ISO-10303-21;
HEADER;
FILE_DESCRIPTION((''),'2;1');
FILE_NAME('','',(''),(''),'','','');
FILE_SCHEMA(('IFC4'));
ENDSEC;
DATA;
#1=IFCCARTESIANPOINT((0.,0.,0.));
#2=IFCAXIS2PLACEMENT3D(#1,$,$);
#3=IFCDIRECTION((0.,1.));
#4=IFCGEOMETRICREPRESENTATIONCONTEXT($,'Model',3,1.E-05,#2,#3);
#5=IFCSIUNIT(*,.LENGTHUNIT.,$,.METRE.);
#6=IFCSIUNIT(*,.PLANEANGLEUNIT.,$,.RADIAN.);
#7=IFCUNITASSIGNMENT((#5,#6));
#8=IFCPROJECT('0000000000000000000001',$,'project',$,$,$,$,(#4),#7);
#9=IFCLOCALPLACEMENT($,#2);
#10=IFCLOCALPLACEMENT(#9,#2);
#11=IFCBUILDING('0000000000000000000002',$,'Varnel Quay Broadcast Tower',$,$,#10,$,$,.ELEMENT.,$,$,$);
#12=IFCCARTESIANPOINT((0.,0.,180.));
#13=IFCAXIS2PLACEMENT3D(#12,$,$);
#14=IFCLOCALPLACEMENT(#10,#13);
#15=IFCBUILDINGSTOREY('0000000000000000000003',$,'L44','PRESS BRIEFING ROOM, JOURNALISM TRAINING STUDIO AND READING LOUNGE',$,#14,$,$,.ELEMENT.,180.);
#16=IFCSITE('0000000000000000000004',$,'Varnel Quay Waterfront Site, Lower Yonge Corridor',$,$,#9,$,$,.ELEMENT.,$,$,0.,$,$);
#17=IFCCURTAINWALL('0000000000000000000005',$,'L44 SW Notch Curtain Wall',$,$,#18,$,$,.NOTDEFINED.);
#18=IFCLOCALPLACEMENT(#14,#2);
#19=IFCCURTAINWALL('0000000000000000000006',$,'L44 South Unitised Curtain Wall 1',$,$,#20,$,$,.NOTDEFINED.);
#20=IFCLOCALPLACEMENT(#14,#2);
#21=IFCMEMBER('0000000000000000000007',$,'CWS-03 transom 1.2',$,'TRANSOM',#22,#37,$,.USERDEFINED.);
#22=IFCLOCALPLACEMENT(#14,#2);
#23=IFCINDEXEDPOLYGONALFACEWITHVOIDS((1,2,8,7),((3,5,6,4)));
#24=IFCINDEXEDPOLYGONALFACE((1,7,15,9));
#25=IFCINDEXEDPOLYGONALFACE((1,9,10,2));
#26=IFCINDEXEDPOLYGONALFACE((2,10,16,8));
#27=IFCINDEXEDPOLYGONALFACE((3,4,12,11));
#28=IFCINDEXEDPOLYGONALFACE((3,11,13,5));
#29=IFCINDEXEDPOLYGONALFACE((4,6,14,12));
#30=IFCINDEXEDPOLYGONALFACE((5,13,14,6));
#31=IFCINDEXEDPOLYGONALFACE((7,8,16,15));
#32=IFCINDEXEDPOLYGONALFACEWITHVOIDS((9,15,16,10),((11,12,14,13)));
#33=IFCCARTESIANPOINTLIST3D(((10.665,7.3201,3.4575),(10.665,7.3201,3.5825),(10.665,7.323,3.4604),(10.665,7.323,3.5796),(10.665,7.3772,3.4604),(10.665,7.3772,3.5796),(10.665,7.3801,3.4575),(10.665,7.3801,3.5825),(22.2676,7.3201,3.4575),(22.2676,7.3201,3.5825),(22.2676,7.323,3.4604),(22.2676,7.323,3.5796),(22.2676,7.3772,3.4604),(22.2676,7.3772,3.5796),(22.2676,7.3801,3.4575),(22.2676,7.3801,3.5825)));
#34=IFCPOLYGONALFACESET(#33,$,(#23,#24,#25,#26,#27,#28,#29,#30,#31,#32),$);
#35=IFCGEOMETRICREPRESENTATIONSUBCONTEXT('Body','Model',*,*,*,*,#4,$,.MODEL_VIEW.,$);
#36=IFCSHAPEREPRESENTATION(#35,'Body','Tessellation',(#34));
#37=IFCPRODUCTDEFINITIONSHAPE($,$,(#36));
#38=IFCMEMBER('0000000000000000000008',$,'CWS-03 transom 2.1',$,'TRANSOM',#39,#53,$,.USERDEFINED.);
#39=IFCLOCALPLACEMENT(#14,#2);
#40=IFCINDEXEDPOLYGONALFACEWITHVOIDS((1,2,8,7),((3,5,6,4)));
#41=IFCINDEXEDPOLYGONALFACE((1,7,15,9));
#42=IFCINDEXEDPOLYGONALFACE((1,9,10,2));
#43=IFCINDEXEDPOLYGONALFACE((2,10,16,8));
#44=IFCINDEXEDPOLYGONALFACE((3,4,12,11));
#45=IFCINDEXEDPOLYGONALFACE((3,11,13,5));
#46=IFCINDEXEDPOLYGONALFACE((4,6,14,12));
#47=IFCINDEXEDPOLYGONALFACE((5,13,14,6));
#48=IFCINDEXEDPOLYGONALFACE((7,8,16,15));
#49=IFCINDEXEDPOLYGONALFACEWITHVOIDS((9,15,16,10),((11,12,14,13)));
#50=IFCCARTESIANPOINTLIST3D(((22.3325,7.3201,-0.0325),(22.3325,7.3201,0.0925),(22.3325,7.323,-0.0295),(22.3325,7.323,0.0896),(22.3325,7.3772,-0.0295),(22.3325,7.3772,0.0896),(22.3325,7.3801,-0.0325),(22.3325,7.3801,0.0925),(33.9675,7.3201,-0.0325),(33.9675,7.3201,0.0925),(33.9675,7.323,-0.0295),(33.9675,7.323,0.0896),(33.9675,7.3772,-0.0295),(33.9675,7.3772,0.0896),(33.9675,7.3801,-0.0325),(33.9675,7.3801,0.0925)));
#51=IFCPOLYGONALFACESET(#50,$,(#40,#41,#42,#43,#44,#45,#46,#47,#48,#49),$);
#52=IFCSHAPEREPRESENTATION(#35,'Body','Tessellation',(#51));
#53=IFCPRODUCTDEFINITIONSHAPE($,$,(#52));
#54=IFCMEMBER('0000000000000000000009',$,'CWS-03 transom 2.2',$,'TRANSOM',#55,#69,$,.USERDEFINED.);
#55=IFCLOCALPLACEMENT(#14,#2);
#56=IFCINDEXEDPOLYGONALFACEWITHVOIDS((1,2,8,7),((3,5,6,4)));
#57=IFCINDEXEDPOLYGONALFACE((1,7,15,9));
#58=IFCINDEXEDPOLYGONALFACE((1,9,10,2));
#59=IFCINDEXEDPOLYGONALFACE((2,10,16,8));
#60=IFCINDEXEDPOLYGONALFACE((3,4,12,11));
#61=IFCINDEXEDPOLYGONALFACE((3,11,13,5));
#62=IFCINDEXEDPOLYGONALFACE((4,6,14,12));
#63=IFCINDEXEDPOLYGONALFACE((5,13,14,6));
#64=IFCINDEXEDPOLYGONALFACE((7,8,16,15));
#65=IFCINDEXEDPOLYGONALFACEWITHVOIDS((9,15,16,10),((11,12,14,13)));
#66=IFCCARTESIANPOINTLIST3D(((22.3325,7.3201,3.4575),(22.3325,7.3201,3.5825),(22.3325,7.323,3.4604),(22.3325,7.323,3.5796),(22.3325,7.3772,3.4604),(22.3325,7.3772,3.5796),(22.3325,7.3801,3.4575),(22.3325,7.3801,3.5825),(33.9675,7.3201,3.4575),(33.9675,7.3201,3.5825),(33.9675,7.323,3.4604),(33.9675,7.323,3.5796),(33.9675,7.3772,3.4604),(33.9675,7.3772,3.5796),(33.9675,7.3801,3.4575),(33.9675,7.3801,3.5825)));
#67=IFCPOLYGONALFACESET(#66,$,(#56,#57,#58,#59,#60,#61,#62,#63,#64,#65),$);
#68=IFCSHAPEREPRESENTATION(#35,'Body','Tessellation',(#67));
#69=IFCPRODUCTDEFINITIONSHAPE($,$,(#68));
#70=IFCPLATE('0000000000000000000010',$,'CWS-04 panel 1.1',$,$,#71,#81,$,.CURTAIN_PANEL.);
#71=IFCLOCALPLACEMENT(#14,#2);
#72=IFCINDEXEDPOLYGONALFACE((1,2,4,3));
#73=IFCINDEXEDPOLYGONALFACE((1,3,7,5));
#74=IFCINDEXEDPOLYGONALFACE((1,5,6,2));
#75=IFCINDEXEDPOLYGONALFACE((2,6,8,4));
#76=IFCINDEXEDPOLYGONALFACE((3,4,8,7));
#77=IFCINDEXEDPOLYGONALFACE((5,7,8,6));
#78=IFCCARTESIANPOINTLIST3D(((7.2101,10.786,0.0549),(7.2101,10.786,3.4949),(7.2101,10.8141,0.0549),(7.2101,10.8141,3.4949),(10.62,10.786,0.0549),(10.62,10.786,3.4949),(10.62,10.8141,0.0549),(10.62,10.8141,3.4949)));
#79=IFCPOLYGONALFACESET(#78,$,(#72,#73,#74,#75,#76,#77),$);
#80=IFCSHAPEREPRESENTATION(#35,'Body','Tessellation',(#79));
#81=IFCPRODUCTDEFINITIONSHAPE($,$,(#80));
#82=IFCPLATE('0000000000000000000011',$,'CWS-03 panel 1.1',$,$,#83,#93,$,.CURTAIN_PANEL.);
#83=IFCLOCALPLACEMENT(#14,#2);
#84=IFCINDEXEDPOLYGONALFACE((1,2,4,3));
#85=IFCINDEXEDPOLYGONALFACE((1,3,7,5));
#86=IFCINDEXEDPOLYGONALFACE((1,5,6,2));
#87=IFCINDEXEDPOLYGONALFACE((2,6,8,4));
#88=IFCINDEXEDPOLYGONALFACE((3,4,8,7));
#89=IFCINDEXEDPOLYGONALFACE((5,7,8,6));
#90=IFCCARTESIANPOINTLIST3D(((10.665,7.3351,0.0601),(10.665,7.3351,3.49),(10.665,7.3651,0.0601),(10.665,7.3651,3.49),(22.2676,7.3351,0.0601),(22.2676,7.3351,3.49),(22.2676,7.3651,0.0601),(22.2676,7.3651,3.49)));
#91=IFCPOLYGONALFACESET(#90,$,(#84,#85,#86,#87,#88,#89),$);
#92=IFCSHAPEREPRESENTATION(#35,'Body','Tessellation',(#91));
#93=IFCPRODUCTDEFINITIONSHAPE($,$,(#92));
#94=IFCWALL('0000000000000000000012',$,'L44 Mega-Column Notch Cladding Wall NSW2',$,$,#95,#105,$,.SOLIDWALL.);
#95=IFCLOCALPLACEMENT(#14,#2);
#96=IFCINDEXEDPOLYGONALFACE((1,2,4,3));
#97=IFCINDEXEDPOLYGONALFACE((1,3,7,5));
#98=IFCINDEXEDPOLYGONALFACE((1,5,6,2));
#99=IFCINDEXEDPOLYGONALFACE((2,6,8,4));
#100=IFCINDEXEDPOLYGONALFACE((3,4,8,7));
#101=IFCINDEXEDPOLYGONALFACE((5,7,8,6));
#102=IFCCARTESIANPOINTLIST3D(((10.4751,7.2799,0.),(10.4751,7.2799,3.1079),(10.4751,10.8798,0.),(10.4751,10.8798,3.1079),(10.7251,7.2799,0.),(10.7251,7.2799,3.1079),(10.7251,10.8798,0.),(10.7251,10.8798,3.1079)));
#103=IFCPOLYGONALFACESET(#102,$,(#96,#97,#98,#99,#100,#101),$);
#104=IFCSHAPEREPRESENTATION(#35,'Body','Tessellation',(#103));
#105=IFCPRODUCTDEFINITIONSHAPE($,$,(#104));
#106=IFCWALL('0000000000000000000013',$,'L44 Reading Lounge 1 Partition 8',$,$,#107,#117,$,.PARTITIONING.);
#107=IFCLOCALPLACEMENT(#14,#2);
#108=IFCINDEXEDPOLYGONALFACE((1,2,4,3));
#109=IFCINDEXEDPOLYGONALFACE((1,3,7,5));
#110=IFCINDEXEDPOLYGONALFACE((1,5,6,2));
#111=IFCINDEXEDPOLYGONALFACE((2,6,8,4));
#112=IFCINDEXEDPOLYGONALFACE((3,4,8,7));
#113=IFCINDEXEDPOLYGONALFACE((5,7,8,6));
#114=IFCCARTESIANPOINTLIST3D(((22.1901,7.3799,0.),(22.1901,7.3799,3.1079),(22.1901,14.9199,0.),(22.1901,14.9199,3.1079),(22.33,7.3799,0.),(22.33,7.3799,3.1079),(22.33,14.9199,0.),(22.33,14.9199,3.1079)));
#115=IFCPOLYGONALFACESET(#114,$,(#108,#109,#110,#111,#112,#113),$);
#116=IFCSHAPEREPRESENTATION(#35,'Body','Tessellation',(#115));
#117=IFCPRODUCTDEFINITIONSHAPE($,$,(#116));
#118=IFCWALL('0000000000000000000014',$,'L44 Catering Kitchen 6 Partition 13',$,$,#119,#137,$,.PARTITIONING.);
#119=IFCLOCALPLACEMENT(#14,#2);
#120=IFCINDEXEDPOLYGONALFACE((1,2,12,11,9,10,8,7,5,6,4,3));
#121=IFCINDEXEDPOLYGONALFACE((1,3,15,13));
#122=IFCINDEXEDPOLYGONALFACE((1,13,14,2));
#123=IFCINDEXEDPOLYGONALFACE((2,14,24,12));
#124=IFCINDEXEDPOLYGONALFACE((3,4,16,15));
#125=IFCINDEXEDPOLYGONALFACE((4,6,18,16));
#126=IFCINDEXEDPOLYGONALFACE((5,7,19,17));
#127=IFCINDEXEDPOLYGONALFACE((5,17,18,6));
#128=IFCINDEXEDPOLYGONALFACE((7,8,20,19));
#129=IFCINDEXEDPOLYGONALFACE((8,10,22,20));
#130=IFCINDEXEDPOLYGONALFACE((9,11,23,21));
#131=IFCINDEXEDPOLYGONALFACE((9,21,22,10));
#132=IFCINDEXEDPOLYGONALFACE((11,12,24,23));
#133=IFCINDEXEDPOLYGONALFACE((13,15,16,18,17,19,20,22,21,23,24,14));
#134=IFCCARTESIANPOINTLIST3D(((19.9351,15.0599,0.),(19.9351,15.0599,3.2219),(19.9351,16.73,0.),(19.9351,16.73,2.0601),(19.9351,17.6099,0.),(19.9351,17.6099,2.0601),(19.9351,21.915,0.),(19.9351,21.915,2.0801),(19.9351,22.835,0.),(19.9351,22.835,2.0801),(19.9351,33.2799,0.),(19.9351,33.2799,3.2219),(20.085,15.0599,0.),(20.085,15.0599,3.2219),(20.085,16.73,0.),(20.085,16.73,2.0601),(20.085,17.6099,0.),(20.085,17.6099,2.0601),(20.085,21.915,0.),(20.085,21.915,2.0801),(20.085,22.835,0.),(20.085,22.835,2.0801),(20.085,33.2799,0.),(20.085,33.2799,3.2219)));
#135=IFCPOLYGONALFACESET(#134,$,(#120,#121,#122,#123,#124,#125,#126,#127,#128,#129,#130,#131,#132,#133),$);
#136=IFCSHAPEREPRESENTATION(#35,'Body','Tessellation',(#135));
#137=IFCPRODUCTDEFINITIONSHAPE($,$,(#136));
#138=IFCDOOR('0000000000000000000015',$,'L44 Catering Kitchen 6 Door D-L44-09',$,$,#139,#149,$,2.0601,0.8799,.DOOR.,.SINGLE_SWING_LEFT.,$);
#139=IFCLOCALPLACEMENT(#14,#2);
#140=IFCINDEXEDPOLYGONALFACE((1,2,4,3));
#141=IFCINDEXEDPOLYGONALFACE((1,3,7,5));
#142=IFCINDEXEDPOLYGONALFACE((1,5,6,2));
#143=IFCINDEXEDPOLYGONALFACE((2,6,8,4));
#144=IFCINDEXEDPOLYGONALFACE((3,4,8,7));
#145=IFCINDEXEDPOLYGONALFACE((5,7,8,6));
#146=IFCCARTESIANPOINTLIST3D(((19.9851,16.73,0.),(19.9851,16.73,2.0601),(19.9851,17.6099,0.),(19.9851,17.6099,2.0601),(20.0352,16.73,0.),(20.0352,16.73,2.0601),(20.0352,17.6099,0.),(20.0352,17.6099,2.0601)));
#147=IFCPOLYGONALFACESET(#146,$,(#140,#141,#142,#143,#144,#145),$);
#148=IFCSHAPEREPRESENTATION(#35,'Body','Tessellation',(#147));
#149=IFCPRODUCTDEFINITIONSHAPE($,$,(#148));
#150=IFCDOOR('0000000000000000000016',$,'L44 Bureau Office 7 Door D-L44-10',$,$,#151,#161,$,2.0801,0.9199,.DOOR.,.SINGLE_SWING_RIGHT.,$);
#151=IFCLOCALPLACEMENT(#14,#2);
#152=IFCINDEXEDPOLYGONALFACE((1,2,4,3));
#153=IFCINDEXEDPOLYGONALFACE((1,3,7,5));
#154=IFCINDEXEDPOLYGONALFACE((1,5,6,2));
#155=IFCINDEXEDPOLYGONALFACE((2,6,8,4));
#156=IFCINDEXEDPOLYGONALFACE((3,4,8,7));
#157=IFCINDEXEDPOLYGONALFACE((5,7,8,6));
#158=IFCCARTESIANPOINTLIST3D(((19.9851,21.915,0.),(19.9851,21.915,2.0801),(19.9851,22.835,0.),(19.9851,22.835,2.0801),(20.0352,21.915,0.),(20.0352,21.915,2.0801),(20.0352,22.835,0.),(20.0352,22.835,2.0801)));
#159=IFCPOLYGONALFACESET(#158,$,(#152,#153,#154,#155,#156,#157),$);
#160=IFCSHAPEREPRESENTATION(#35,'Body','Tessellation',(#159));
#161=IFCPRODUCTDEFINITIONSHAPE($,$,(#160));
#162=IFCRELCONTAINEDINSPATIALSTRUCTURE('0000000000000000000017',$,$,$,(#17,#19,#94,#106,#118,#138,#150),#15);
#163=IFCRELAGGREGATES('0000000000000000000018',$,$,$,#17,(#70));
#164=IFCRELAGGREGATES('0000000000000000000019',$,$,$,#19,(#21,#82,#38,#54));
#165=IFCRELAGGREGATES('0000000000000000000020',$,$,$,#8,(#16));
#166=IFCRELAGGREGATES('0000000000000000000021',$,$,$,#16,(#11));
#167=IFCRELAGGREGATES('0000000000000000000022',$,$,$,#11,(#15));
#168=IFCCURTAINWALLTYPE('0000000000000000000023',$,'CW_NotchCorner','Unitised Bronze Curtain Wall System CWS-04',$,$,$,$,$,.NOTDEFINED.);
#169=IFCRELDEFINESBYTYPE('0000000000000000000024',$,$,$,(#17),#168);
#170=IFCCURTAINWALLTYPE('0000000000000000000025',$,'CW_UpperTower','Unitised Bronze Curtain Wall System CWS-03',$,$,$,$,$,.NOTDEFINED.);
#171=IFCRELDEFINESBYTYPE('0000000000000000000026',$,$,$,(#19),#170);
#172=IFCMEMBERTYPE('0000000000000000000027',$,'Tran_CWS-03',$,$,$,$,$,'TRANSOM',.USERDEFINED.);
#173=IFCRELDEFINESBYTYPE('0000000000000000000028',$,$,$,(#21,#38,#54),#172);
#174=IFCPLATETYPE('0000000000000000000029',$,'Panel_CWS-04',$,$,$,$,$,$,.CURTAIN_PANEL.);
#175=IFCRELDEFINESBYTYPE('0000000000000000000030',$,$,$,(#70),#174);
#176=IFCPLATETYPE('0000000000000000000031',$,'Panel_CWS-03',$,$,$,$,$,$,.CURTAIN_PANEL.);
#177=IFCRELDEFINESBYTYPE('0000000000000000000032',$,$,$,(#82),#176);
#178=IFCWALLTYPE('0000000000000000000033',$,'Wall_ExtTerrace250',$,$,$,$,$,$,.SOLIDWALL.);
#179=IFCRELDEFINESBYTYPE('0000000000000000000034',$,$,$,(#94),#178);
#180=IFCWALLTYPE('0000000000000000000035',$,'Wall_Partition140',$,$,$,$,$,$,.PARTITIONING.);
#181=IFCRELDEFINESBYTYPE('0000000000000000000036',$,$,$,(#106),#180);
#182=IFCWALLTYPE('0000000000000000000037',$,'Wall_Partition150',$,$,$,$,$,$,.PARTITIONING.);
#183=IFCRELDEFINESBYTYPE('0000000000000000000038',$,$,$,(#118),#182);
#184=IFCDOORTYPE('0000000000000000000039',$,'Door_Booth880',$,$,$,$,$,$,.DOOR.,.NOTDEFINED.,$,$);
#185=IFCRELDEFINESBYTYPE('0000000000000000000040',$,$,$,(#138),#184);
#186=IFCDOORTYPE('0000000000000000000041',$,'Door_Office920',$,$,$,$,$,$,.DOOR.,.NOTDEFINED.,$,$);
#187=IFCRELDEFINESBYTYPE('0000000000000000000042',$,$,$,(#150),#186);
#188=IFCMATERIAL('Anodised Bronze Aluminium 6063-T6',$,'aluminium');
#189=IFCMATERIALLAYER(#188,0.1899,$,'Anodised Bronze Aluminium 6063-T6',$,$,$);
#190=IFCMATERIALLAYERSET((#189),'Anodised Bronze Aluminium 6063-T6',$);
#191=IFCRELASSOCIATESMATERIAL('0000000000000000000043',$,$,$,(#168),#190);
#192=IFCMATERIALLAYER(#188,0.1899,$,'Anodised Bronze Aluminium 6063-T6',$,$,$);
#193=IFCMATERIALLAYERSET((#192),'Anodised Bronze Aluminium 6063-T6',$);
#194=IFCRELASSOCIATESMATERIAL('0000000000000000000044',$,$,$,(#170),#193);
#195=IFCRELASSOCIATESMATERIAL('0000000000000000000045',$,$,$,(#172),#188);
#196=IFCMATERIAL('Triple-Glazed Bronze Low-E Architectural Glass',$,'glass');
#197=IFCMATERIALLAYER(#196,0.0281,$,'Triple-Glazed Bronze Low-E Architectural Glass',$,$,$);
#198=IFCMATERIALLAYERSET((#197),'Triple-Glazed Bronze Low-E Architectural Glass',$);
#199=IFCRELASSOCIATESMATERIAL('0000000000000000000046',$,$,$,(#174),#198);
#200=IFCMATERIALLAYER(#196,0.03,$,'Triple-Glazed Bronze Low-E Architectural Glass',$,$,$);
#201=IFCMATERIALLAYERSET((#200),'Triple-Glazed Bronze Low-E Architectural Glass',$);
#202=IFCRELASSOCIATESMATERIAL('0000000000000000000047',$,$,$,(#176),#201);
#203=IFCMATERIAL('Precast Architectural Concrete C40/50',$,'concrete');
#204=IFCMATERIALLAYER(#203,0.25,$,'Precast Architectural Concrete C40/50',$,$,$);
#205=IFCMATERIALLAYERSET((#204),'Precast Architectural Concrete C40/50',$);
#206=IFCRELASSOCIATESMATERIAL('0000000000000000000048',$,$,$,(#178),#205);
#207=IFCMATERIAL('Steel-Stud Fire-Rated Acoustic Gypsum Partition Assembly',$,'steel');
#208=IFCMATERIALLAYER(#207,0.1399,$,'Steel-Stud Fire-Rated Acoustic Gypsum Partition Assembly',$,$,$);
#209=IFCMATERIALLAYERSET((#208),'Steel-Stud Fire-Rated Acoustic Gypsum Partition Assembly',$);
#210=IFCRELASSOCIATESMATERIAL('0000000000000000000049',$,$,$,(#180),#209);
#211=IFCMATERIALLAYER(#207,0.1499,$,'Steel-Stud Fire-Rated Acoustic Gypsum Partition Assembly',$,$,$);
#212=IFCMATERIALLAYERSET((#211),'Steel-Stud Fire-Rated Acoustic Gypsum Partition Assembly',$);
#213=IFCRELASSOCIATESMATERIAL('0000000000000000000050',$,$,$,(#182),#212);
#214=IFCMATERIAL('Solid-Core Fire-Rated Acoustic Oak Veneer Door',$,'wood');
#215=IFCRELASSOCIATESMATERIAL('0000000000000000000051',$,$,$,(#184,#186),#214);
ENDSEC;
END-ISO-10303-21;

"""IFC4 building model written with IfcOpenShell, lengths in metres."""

from ifc_helpers import new_model, si_unit, direction, frame, frame_2d, origin, origin_2d, place, context, subcontext, project, spatial, rectangle, hollow_rectangle, extrude, source, transform, mapped, material, layer, layer_set, material_profile, profile_set, type_object, type_shapes, element, fill, aggregate, save


model = new_model("IFC4")

# Units and contexts
model_context = context("Model", 3, precision=1e-05, world=origin(), true_north=direction((0.0, 1.0)))
body_context = subcontext(model_context, "Body", "Model", "MODEL_VIEW")
ifc_project = project(units=[si_unit("LENGTHUNIT", "METRE"), si_unit("PLANEANGLEUNIT", "RADIAN")], contexts=[model_context])

# Site, building, storey
site_placement = place(None, origin())
site = spatial("IfcSite", under=ifc_project, at=site_placement, Name="Varnel Quay Waterfront Site, Lower Yonge Corridor", CompositionType="ELEMENT", RefElevation=0.0)
building_placement = place(site_placement, origin())
building = spatial("IfcBuilding", under=site, at=building_placement, Name="Varnel Quay Broadcast Tower", CompositionType="ELEMENT")
storey_placement = place(building_placement, frame((0.0, 0.0, 180.0)))
storey = spatial("IfcBuildingStorey", under=building, at=storey_placement, Name="L44", Description="PRESS BRIEFING ROOM, JOURNALISM TRAINING STUDIO AND READING LOUNGE", CompositionType="ELEMENT", Elevation=180.0)

# Curtain wall
ifc_material_1 = material(Name="Anodised Bronze Aluminium 6063-T6", Category="aluminium")
ifc_layer_1 = layer(ifc_material_1, 0.1899, Name="Anodised Bronze Aluminium 6063-T6")
ifc_layer_set_1 = layer_set([ifc_layer_1], Name="Anodised Bronze Aluminium 6063-T6")
curtain_wall_type_1 = type_object("IfcCurtainWallType", Name="CW_NotchCorner", Description="Unitised Bronze Curtain Wall System CWS-04", PredefinedType="NOTDEFINED", material=ifc_layer_set_1)
curtain_wall_1_placement = place(storey_placement, origin())
curtain_wall_1 = element("IfcCurtainWall", 1, at=curtain_wall_1_placement, inside=storey, type_object=curtain_wall_type_1, Name="L44 SW Notch Curtain Wall", PredefinedType="NOTDEFINED")

# Curtain wall, members
ifc_layer_2 = layer(ifc_material_1, 0.1899, Name="Anodised Bronze Aluminium 6063-T6")
ifc_layer_set_2 = layer_set([ifc_layer_2], Name="Anodised Bronze Aluminium 6063-T6")
curtain_wall_type_2 = type_object("IfcCurtainWallType", Name="CW_UpperTower", Description="Unitised Bronze Curtain Wall System CWS-03", PredefinedType="NOTDEFINED", material=ifc_layer_set_2)
curtain_wall_2_placement = place(storey_placement, origin())
curtain_wall_2 = element("IfcCurtainWall", 2, at=curtain_wall_2_placement, inside=storey, type_object=curtain_wall_type_2, Name="L44 South Unitised Curtain Wall 1", PredefinedType="NOTDEFINED")
ifc_material_profile_1 = material_profile(ifc_material_1, hollow_rectangle(XDim=0.0601, YDim=0.125, WallThickness=0.0029, at=origin_2d()), Name="ALU60X125X3")
ifc_profile_set_1 = profile_set([ifc_material_profile_1], Name="Anodised Bronze Aluminium 6063-T6")
member_type_1 = type_object("IfcMemberType", Name="Tran_CWS-03", ElementType="TRANSOM", PredefinedType="USERDEFINED", material=ifc_profile_set_1)
shared_shape_1 = source(origin(), body_context, "Body", "SweptSolid", [
    extrude(hollow_rectangle(XDim=0.0601, YDim=0.125, WallThickness=0.0029, at=origin_2d()), origin(), (0.0, 0.0, 1.0), 11.6025),
])
member_1_placement = place(storey_placement, frame((10.665, 7.3501, 3.52), z_axis=(1.0, 0.0, 0.0), x_axis=(0.0, 1.0, 0.0)))
member_1 = element("IfcMember", 3, at=member_1_placement, type_object=member_type_1, Name="CWS-03 transom 1.2", ObjectType="TRANSOM", PredefinedType="USERDEFINED", context=body_context, shape_type="MappedRepresentation", body=[
    mapped(shared_shape_1, transform((0.0, 0.0, 0.0), x_axis=(1.0, 0.0, 0.0), y_axis=(0.0, 1.0, 0.0), z_axis=(0.0, 0.0, 1.0), scale=1.0)),
])
shared_shape_2 = source(origin(), body_context, "Body", "SweptSolid", [
    extrude(hollow_rectangle(XDim=0.0601, YDim=0.125, WallThickness=0.0029, at=origin_2d()), origin(), (0.0, 0.0, 1.0), 11.635),
])
type_shapes(member_type_1, [shared_shape_1, shared_shape_2])
member_2_placement = place(storey_placement, frame((22.3325, 7.3501, 0.03), z_axis=(1.0, 0.0, 0.0), x_axis=(0.0, 1.0, 0.0)))
member_2 = element("IfcMember", 4, at=member_2_placement, type_object=member_type_1, Name="CWS-03 transom 2.1", ObjectType="TRANSOM", PredefinedType="USERDEFINED", context=body_context, shape_type="MappedRepresentation", body=[
    mapped(shared_shape_2, transform((0.0, 0.0, 0.0), x_axis=(1.0, 0.0, 0.0), y_axis=(0.0, 1.0, 0.0), z_axis=(0.0, 0.0, 1.0), scale=1.0)),
])
member_3_placement = place(storey_placement, frame((22.3325, 7.3501, 3.52), z_axis=(1.0, 0.0, 0.0), x_axis=(0.0, 1.0, 0.0)))
member_3 = element("IfcMember", 5, at=member_3_placement, type_object=member_type_1, Name="CWS-03 transom 2.2", ObjectType="TRANSOM", PredefinedType="USERDEFINED", context=body_context, shape_type="MappedRepresentation", body=[
    mapped(shared_shape_2, transform((0.0, 0.0, 0.0), x_axis=(1.0, 0.0, 0.0), y_axis=(0.0, 1.0, 0.0), z_axis=(0.0, 0.0, 1.0), scale=1.0)),
])

# Plates
ifc_material_2 = material(Name="Triple-Glazed Bronze Low-E Architectural Glass", Category="glass")
ifc_layer_3 = layer(ifc_material_2, 0.0281, Name="Triple-Glazed Bronze Low-E Architectural Glass")
ifc_layer_set_3 = layer_set([ifc_layer_3], Name="Triple-Glazed Bronze Low-E Architectural Glass")
plate_type_1 = type_object("IfcPlateType", Name="Panel_CWS-04", PredefinedType="CURTAIN_PANEL", material=ifc_layer_set_3)
shared_shape_3 = source(origin(), body_context, "Body", "SweptSolid", [
    extrude(rectangle(XDim=3.4099, YDim=0.0281, at=origin_2d()), origin(), (0.0, 0.0, 1.0), 3.4399),
])
type_shapes(plate_type_1, [shared_shape_3])
plate_1_placement = place(storey_placement, frame((8.915, 10.8, 0.0549), z_axis=(0.0, 0.0, 1.0), x_axis=(1.0, 0.0, 0.0)))
plate_1 = element("IfcPlate", 6, at=plate_1_placement, type_object=plate_type_1, Name="CWS-04 panel 1.1", PredefinedType="CURTAIN_PANEL", context=body_context, shape_type="MappedRepresentation", body=[
    mapped(shared_shape_3, transform((0.0, 0.0, 0.0), x_axis=(1.0, 0.0, 0.0), y_axis=(0.0, 1.0, 0.0), z_axis=(0.0, 0.0, 1.0), scale=1.0)),
])
aggregate(curtain_wall_1, [plate_1])
ifc_layer_4 = layer(ifc_material_2, 0.03, Name="Triple-Glazed Bronze Low-E Architectural Glass")
ifc_layer_set_4 = layer_set([ifc_layer_4], Name="Triple-Glazed Bronze Low-E Architectural Glass")
plate_type_2 = type_object("IfcPlateType", Name="Panel_CWS-03", PredefinedType="CURTAIN_PANEL", material=ifc_layer_set_4)
shared_shape_4 = source(origin(), body_context, "Body", "SweptSolid", [
    extrude(rectangle(XDim=11.6025, YDim=0.03, at=origin_2d()), origin(), (0.0, 0.0, 1.0), 3.4299),
])
type_shapes(plate_type_2, [shared_shape_4])
plate_2_placement = place(storey_placement, frame((16.4663, 7.3501, 0.0601), z_axis=(0.0, 0.0, 1.0), x_axis=(1.0, 0.0, 0.0)))
plate_2 = element("IfcPlate", 7, at=plate_2_placement, type_object=plate_type_2, Name="CWS-03 panel 1.1", PredefinedType="CURTAIN_PANEL", context=body_context, shape_type="MappedRepresentation", body=[
    mapped(shared_shape_4, transform((0.0, 0.0, 0.0), x_axis=(1.0, 0.0, 0.0), y_axis=(0.0, 1.0, 0.0), z_axis=(0.0, 0.0, 1.0), scale=1.0)),
])
aggregate(curtain_wall_2, [member_1, plate_2, member_2, member_3])

# Walls
ifc_material_3 = material(Name="Precast Architectural Concrete C40/50", Category="concrete")
ifc_layer_5 = layer(ifc_material_3, 0.25, Name="Precast Architectural Concrete C40/50")
ifc_layer_set_5 = layer_set([ifc_layer_5], Name="Precast Architectural Concrete C40/50")
wall_type_1 = type_object("IfcWallType", Name="Wall_ExtTerrace250", PredefinedType="SOLIDWALL", material=ifc_layer_set_5)
wall_1_placement = place(storey_placement, frame((10.6001, 7.28, 0.0), z_axis=(0.0, 0.0, 1.0), x_axis=(0.0, 1.0, 0.0)))
element("IfcWall", 8, at=wall_1_placement, inside=storey, type_object=wall_type_1, Name="L44 Mega-Column Notch Cladding Wall NSW2", PredefinedType="SOLIDWALL", context=body_context, shape_type="SweptSolid", body=[
    extrude(rectangle(XDim=3.5999, YDim=0.25, at=frame_2d((1.7998, 0.0))), origin(), (0.0, 0.0, 1.0), 3.1079),
])
ifc_material_4 = material(Name="Steel-Stud Fire-Rated Acoustic Gypsum Partition Assembly", Category="steel")
ifc_layer_6 = layer(ifc_material_4, 0.1399, Name="Steel-Stud Fire-Rated Acoustic Gypsum Partition Assembly")
ifc_layer_set_6 = layer_set([ifc_layer_6], Name="Steel-Stud Fire-Rated Acoustic Gypsum Partition Assembly")
wall_type_2 = type_object("IfcWallType", Name="Wall_Partition140", PredefinedType="PARTITIONING", material=ifc_layer_set_6)
wall_2_placement = place(storey_placement, frame((22.26, 7.3799, 0.0), z_axis=(0.0, 0.0, 1.0), x_axis=(0.0, 1.0, 0.0)))
element("IfcWall", 9, at=wall_2_placement, inside=storey, type_object=wall_type_2, Name="L44 Reading Lounge 1 Partition 8", PredefinedType="PARTITIONING", context=body_context, shape_type="SweptSolid", body=[
    extrude(rectangle(XDim=7.54, YDim=0.1399, at=frame_2d((3.77, 0.0))), origin(), (0.0, 0.0, 1.0), 3.1079),
])

# Wall, openings, doors
ifc_layer_7 = layer(ifc_material_4, 0.1499, Name="Steel-Stud Fire-Rated Acoustic Gypsum Partition Assembly")
ifc_layer_set_7 = layer_set([ifc_layer_7], Name="Steel-Stud Fire-Rated Acoustic Gypsum Partition Assembly")
wall_type_3 = type_object("IfcWallType", Name="Wall_Partition150", PredefinedType="PARTITIONING", material=ifc_layer_set_7)
wall_3_placement = place(storey_placement, frame((20.01, 15.0601, 0.0), z_axis=(0.0, 0.0, 1.0), x_axis=(0.0, 1.0, 0.0)))
wall_3 = element("IfcWall", 10, at=wall_3_placement, inside=storey, type_object=wall_type_3, Name="L44 Catering Kitchen 6 Partition 13", PredefinedType="PARTITIONING", context=body_context, shape_type="SweptSolid", body=[
    extrude(rectangle(XDim=18.22, YDim=0.1499, at=frame_2d((9.1099, 0.0))), origin(), (0.0, 0.0, 1.0), 3.2219),
])
opening_1_placement = place(wall_3_placement, frame((1.6699, 0.0, 0.0)))
opening_1 = element("IfcOpeningElement", 11, at=opening_1_placement, cuts=wall_3, PredefinedType="OPENING", context=body_context, shape_type="SweptSolid", body=[
    extrude(rectangle(XDim=0.8799, YDim=2.0601, at=frame_2d((0.4399, 1.03))), frame((0.0, 0.085, 0.0), z_axis=(0.0, -1.0, 0.0), x_axis=(1.0, 0.0, 0.0)), (0.0, 0.0, 1.0), 0.1699),
])
opening_2_placement = place(wall_3_placement, frame((6.855, 0.0, 0.0)))
opening_2 = element("IfcOpeningElement", 12, at=opening_2_placement, cuts=wall_3, PredefinedType="OPENING", context=body_context, shape_type="SweptSolid", body=[
    extrude(rectangle(XDim=0.9199, YDim=2.0801, at=frame_2d((0.46, 1.04))), frame((0.0, 0.085, 0.0), z_axis=(0.0, -1.0, 0.0), x_axis=(1.0, 0.0, 0.0)), (0.0, 0.0, 1.0), 0.1699),
])
ifc_material_5 = material(Name="Solid-Core Fire-Rated Acoustic Oak Veneer Door", Category="wood")
door_type_1 = type_object("IfcDoorType", Name="Door_Booth880", OperationType="NOTDEFINED", PredefinedType="DOOR", material=ifc_material_5)
shared_shape_5 = source(origin(), body_context, "Body", "SweptSolid", [
    extrude(rectangle(XDim=0.8799, YDim=2.0601, at=frame_2d((0.4399, 1.03))), frame((0.0, 0.0249, 0.0), z_axis=(0.0, -1.0, 0.0), x_axis=(1.0, 0.0, 0.0)), (0.0, 0.0, 1.0), 0.05),
])
type_shapes(door_type_1, [shared_shape_5])
door_1_placement = place(opening_1_placement, origin())
door_1 = element("IfcDoor", 13, at=door_1_placement, inside=storey, type_object=door_type_1, Name="L44 Catering Kitchen 6 Door D-L44-09", OperationType="SINGLE_SWING_LEFT", OverallHeight=2.0601, OverallWidth=0.8799, PredefinedType="DOOR", context=body_context, shape_type="MappedRepresentation", body=[
    mapped(shared_shape_5, transform((0.0, 0.0, 0.0), x_axis=(1.0, 0.0, 0.0), y_axis=(0.0, 1.0, 0.0), z_axis=(0.0, 0.0, 1.0), scale=1.0)),
])
fill(opening_1, door_1)
door_type_2 = type_object("IfcDoorType", Name="Door_Office920", OperationType="NOTDEFINED", PredefinedType="DOOR", material=ifc_material_5)
shared_shape_6 = source(origin(), body_context, "Body", "SweptSolid", [
    extrude(rectangle(XDim=0.9199, YDim=2.0801, at=frame_2d((0.46, 1.04))), frame((0.0, 0.0249, 0.0), z_axis=(0.0, -1.0, 0.0), x_axis=(1.0, 0.0, 0.0)), (0.0, 0.0, 1.0), 0.05),
])
type_shapes(door_type_2, [shared_shape_6])
door_2_placement = place(opening_2_placement, origin())
door_2 = element("IfcDoor", 14, at=door_2_placement, inside=storey, type_object=door_type_2, Name="L44 Bureau Office 7 Door D-L44-10", OperationType="SINGLE_SWING_RIGHT", OverallHeight=2.0801, OverallWidth=0.9199, PredefinedType="DOOR", context=body_context, shape_type="MappedRepresentation", body=[
    mapped(shared_shape_6, transform((0.0, 0.0, 0.0), x_axis=(1.0, 0.0, 0.0), y_axis=(0.0, 1.0, 0.0), z_axis=(0.0, 0.0, 1.0), scale=1.0)),
])
fill(opening_2, door_2)

save(model, "model.ifc")
